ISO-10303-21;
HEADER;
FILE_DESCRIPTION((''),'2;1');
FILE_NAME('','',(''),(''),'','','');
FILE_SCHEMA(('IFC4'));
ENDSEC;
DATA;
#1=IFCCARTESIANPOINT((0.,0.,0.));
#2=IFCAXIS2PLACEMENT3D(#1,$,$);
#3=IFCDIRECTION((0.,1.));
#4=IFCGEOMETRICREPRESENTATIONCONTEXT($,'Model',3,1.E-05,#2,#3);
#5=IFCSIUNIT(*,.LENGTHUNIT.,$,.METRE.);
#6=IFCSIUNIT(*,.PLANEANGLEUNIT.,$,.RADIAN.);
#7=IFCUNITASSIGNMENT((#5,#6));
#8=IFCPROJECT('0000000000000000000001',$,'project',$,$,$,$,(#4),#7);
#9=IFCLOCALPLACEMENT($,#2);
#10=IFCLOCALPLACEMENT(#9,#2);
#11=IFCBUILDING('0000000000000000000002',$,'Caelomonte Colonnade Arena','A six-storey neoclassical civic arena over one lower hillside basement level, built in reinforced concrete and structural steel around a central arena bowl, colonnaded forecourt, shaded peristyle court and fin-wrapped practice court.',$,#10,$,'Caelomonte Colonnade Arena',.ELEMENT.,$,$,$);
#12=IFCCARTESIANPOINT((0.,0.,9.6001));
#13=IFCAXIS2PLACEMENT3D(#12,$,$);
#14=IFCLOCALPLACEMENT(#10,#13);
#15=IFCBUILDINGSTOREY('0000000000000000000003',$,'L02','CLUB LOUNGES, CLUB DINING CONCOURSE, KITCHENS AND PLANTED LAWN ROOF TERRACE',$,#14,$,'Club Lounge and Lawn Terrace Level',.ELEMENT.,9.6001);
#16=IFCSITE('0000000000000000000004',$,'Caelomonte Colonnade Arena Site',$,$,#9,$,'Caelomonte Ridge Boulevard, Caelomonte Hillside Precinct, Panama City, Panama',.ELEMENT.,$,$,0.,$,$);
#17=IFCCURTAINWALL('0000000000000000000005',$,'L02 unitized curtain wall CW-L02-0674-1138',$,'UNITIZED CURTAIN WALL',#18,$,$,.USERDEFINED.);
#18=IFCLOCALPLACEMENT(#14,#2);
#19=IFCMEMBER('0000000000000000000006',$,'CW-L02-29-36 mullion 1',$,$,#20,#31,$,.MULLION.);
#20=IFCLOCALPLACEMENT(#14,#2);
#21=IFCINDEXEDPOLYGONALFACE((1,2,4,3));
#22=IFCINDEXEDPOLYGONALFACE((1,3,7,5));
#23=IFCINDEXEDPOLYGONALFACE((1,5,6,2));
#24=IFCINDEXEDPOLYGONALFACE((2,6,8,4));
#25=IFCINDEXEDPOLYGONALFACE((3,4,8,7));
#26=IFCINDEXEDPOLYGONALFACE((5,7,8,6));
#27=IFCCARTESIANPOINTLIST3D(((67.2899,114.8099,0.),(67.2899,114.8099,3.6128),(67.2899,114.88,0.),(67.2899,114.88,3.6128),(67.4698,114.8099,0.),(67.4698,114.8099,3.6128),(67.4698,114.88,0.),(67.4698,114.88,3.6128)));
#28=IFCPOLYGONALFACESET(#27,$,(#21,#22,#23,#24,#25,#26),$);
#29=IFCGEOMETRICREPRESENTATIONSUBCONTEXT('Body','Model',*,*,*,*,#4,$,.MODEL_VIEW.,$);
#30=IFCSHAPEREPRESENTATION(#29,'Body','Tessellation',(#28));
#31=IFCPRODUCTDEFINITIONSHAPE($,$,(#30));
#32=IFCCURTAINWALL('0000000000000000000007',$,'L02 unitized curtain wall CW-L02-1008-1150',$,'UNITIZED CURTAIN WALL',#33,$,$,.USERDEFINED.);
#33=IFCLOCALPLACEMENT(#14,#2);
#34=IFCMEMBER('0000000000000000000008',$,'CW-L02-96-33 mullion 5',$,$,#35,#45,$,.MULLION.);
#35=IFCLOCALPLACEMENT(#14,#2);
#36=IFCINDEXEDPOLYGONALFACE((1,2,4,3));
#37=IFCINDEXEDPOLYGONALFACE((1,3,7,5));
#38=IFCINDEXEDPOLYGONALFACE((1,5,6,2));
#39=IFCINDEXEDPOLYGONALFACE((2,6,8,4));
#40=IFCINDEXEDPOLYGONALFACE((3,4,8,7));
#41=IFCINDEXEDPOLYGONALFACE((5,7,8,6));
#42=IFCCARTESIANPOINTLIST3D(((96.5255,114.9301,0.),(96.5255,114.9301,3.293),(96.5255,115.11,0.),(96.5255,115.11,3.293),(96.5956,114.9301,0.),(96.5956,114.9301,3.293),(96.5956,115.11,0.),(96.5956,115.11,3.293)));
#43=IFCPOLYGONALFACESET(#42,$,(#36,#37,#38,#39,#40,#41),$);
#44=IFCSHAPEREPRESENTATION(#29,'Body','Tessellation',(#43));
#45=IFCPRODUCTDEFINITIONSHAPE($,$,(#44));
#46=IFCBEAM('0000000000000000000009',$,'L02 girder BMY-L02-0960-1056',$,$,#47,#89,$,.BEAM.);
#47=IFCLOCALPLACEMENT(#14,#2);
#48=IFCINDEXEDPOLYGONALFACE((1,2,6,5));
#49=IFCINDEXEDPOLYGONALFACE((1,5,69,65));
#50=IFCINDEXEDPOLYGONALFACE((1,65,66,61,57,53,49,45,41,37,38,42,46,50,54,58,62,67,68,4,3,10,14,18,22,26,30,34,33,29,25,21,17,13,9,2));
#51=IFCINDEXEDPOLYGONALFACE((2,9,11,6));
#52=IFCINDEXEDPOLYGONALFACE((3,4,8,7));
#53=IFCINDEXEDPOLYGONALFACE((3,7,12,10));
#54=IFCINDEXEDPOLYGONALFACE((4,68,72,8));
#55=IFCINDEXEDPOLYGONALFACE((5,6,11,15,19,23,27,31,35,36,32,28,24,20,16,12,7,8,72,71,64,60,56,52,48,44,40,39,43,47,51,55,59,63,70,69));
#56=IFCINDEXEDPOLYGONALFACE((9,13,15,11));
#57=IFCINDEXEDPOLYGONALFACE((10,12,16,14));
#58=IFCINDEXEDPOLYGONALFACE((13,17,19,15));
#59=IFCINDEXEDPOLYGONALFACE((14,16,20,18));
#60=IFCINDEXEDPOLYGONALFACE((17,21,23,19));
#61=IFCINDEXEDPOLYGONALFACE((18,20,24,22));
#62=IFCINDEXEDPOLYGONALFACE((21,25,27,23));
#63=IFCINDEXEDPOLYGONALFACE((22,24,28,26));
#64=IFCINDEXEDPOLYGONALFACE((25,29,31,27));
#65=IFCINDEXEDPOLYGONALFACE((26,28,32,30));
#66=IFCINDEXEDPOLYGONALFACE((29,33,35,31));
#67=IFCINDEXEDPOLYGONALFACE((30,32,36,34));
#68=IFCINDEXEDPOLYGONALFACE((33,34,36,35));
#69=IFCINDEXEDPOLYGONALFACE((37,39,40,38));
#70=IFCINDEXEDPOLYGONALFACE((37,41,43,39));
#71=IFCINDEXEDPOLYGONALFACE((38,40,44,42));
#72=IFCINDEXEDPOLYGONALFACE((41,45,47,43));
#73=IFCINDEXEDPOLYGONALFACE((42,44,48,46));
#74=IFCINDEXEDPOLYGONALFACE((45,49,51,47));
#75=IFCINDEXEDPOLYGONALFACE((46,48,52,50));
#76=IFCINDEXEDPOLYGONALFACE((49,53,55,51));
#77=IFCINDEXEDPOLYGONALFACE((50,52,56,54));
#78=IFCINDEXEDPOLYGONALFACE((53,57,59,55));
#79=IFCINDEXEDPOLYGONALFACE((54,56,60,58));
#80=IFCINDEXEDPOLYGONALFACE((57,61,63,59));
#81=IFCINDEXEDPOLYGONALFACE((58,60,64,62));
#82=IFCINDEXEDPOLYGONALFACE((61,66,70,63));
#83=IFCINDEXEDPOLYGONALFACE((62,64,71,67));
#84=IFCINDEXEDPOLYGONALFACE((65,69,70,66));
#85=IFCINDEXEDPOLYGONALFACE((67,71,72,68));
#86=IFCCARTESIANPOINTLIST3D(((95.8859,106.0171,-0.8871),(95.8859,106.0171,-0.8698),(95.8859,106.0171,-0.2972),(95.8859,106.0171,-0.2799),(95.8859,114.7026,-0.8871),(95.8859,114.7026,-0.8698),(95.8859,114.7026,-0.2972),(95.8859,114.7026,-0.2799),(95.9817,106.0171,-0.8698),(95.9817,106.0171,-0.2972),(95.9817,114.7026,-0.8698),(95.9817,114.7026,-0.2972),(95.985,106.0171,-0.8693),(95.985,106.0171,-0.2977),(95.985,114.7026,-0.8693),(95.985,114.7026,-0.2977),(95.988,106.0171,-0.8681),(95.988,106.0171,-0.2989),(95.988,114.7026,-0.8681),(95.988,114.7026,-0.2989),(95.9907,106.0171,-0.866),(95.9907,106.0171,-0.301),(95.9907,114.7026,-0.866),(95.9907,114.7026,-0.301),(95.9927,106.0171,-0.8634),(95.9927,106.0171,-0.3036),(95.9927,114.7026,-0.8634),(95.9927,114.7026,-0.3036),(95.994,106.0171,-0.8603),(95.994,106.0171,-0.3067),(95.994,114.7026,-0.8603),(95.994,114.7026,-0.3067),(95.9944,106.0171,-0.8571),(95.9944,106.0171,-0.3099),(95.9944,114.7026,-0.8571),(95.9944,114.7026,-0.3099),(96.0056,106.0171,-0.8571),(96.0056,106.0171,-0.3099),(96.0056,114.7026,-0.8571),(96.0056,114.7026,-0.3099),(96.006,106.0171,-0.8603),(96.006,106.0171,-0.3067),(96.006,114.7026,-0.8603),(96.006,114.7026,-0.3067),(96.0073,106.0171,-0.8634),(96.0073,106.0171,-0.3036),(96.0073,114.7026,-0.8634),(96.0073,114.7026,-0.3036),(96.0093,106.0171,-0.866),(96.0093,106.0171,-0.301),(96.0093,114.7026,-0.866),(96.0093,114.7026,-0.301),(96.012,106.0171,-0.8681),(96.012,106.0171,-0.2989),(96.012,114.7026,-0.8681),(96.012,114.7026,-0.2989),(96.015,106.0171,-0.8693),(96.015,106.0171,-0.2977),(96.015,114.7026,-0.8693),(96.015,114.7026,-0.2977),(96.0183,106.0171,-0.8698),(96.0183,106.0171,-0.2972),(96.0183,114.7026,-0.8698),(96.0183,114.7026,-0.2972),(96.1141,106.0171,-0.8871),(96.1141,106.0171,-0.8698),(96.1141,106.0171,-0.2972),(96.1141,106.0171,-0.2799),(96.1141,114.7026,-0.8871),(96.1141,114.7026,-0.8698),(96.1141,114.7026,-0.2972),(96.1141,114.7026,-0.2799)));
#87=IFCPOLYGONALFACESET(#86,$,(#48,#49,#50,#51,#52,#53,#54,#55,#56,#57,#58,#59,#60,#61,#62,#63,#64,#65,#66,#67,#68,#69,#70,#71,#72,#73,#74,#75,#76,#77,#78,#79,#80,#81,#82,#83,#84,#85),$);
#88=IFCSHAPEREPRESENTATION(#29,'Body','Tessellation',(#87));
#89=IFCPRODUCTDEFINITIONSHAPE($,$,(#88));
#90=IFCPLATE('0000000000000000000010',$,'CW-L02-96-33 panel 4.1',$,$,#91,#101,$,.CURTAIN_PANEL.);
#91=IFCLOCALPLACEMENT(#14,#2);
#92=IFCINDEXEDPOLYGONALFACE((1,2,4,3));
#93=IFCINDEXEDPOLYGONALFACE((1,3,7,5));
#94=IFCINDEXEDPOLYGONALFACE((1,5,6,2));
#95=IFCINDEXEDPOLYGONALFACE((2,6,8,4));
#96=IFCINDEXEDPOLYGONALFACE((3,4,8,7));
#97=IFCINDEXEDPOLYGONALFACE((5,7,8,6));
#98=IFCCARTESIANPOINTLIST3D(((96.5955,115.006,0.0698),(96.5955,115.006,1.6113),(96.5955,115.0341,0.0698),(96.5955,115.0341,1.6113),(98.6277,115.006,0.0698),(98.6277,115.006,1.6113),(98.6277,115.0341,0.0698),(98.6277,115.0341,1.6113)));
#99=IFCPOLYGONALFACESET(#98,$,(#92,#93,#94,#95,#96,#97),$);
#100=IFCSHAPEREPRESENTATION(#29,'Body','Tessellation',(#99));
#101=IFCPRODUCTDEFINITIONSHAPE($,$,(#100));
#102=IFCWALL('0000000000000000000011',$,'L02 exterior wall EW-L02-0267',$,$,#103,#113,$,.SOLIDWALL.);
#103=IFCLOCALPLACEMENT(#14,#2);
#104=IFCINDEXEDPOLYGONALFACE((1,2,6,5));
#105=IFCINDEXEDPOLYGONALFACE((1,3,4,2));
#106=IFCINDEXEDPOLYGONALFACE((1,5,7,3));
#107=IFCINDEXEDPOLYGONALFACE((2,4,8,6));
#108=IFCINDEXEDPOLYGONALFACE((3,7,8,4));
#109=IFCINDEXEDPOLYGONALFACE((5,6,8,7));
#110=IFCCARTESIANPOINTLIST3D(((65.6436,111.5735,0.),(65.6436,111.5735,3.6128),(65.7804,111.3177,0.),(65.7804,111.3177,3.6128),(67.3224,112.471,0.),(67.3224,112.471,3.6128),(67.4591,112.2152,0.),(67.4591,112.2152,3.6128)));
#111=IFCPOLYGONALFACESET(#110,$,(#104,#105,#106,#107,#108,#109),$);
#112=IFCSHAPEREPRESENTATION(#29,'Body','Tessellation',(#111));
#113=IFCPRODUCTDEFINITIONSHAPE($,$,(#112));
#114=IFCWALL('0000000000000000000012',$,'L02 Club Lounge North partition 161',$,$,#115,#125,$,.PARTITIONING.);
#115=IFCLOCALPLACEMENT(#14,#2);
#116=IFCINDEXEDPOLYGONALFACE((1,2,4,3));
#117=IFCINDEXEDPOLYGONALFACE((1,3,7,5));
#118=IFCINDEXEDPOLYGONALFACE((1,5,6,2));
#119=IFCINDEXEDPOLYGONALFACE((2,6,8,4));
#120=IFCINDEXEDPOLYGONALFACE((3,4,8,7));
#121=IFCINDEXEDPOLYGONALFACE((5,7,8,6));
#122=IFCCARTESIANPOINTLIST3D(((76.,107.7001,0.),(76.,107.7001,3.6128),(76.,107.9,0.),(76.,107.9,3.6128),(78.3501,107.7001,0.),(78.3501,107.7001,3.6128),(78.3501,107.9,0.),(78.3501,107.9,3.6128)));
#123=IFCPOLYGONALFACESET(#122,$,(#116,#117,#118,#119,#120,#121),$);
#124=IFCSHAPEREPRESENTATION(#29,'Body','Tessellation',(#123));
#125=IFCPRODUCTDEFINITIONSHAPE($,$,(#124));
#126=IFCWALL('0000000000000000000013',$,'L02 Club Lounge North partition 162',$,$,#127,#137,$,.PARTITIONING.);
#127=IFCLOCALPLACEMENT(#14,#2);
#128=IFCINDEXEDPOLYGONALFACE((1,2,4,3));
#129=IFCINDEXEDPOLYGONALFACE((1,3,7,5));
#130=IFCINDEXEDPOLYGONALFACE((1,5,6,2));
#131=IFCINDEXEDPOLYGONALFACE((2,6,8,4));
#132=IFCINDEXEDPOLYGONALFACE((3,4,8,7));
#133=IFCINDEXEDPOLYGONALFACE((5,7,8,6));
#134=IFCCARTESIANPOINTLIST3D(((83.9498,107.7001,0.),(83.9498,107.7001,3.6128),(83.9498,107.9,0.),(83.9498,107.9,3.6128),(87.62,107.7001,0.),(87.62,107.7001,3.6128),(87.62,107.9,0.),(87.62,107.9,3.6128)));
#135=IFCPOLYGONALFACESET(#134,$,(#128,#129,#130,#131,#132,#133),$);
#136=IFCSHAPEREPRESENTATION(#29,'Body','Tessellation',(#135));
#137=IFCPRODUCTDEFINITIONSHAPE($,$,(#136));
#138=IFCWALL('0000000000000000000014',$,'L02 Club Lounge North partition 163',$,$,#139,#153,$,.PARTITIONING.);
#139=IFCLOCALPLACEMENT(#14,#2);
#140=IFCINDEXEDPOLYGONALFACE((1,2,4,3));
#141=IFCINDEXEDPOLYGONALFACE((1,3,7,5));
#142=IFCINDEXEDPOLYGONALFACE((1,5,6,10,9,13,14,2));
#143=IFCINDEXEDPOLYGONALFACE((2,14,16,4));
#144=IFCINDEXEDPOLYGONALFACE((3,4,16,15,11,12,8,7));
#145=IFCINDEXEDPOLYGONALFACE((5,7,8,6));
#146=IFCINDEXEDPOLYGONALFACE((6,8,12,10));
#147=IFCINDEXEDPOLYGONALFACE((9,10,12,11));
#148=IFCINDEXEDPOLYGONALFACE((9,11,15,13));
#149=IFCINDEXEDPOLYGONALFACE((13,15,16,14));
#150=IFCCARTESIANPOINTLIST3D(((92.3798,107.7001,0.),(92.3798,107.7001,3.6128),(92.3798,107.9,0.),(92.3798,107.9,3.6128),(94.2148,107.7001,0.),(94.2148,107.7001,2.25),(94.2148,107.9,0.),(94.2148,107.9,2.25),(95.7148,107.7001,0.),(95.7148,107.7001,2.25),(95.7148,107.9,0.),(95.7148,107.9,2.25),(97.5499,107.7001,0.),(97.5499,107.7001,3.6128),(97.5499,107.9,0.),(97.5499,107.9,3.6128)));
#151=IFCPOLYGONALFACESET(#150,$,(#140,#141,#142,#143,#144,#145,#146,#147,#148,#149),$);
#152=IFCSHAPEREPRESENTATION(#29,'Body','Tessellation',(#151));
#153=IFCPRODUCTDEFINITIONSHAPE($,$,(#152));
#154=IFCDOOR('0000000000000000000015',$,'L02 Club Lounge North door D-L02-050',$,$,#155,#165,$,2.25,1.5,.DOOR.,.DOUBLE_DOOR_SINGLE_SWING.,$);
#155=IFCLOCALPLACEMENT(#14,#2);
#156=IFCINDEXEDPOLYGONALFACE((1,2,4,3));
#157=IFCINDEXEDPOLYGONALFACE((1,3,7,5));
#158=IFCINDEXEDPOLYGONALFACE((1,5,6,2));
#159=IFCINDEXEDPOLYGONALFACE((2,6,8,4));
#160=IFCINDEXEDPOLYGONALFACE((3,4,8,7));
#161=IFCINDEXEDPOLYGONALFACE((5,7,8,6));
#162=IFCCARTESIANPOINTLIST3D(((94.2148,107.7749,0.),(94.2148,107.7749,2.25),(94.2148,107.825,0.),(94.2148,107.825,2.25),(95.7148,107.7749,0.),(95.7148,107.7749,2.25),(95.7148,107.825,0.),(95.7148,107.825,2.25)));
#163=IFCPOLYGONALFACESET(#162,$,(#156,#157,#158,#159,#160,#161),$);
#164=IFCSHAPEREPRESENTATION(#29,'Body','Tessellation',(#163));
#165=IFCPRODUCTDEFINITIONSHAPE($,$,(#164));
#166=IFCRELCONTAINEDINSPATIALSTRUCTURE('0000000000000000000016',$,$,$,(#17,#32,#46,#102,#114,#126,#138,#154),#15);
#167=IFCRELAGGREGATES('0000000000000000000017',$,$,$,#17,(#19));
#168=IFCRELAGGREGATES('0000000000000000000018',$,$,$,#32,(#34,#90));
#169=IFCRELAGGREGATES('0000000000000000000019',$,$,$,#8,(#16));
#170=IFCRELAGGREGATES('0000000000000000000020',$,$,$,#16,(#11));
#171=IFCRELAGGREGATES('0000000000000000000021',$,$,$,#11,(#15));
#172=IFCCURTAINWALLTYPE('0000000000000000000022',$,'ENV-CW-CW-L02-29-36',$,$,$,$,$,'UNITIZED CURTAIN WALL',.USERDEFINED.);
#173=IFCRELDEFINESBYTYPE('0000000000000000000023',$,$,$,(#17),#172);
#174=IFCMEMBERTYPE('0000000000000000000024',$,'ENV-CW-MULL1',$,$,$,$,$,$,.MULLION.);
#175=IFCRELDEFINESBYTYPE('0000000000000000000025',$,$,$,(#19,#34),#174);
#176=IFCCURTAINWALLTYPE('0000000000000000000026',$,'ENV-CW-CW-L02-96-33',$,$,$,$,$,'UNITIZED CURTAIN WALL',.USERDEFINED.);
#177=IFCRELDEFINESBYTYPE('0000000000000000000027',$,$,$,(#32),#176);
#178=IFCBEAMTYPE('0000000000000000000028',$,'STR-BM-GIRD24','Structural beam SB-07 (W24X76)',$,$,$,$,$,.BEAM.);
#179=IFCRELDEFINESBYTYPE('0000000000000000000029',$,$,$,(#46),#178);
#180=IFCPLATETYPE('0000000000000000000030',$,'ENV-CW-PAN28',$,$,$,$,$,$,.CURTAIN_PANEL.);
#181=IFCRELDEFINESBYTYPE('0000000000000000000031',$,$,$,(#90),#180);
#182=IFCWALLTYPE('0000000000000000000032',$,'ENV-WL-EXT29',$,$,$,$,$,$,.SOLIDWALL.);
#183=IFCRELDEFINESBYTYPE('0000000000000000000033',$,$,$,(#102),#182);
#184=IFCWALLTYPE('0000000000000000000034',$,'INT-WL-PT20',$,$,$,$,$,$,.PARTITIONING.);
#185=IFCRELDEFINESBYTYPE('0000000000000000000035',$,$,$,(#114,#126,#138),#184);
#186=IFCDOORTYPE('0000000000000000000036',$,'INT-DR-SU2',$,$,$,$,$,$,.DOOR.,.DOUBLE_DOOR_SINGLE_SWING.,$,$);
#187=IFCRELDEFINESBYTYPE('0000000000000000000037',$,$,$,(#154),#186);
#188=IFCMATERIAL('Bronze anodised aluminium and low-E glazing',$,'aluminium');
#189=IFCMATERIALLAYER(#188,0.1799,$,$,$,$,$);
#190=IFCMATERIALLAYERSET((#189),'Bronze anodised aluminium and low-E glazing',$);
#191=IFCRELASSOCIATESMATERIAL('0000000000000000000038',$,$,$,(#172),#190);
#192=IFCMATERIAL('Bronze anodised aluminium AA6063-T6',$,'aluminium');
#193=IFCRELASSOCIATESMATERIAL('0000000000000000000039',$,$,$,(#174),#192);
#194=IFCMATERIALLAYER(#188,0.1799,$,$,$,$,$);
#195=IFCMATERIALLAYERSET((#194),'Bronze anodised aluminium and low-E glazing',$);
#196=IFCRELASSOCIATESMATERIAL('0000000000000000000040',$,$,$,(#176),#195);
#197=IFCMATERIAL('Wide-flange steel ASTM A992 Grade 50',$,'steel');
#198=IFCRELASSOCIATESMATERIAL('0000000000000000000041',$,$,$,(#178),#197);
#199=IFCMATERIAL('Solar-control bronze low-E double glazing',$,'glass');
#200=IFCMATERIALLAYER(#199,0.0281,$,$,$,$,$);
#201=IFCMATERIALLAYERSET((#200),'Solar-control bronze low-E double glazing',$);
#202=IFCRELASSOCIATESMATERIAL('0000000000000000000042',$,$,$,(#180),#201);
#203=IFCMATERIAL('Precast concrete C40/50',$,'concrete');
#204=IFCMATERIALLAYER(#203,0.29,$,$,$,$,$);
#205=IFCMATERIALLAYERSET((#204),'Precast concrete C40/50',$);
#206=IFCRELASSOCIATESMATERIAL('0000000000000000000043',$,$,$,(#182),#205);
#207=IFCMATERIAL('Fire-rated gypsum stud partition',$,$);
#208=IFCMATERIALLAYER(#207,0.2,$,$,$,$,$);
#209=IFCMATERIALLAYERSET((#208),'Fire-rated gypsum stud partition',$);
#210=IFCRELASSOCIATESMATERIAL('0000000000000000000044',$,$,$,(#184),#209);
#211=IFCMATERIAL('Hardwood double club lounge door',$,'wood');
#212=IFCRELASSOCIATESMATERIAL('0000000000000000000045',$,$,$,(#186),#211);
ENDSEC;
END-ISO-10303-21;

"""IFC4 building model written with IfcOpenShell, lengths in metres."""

from ifc_helpers import new_model, si_unit, direction, frame, frame_2d, origin, origin_2d, place, context, subcontext, project, spatial, rectangle, i_section, extrude, material, layer, layer_set, material_profile, profile_set, type_object, element, fill, aggregate, save


model = new_model("IFC4")

# Units and contexts
model_context = context("Model", 3, precision=1e-05, world=origin(), true_north=direction((0.0, 1.0)))
body_context = subcontext(model_context, "Body", "Model", "MODEL_VIEW")
ifc_project = project(units=[si_unit("LENGTHUNIT", "METRE"), si_unit("PLANEANGLEUNIT", "RADIAN")], contexts=[model_context])

# Site, building, storey
site_placement = place(None, origin())
site = spatial("IfcSite", under=ifc_project, at=site_placement, Name="Caelomonte Colonnade Arena Site", LongName="Caelomonte Ridge Boulevard, Caelomonte Hillside Precinct, Panama City, Panama", CompositionType="ELEMENT", RefElevation=0.0)
building_placement = place(site_placement, origin())
building = spatial("IfcBuilding", under=site, at=building_placement, Name="Caelomonte Colonnade Arena", Description="A six-storey neoclassical civic arena over one lower hillside basement level, built in reinforced concrete and structural steel around a central arena bowl, colonnaded forecourt, shaded peristyle court and fin-wrapped practice court.", LongName="Caelomonte Colonnade Arena", CompositionType="ELEMENT")
storey_placement = place(building_placement, frame((0.0, 0.0, 9.6001)))
storey = spatial("IfcBuildingStorey", under=building, at=storey_placement, Name="L02", Description="CLUB LOUNGES, CLUB DINING CONCOURSE, KITCHENS AND PLANTED LAWN ROOF TERRACE", LongName="Club Lounge and Lawn Terrace Level", CompositionType="ELEMENT", Elevation=9.6001)

# Curtain walls, members
ifc_material_1 = material(Name="Bronze anodised aluminium and low-E glazing", Category="aluminium")
ifc_layer_1 = layer(ifc_material_1, 0.1799)
ifc_layer_set_1 = layer_set([ifc_layer_1], Name="Bronze anodised aluminium and low-E glazing")
curtain_wall_type_1 = type_object("IfcCurtainWallType", Name="ENV-CW-CW-L02-29-36", ElementType="UNITIZED CURTAIN WALL", PredefinedType="USERDEFINED", material=ifc_layer_set_1)
curtain_wall_1_placement = place(storey_placement, origin())
curtain_wall_1 = element("IfcCurtainWall", 1, at=curtain_wall_1_placement, inside=storey, type_object=curtain_wall_type_1, Name="L02 unitized curtain wall CW-L02-0674-1138", ObjectType="UNITIZED CURTAIN WALL", PredefinedType="USERDEFINED")
ifc_material_2 = material(Name="Bronze anodised aluminium AA6063-T6", Category="aluminium")
ifc_material_profile_1 = material_profile(ifc_material_2, rectangle(XDim=0.0701, YDim=0.1799, at=origin_2d()), Name="CWM-70X180")
ifc_profile_set_1 = profile_set([ifc_material_profile_1], Name="Bronze anodised aluminium AA6063-T6")
member_type = type_object("IfcMemberType", Name="ENV-CW-MULL1", PredefinedType="MULLION", material=ifc_profile_set_1)
member_1_placement = place(storey_placement, frame((67.3799, 114.845, 0.0), z_axis=(0.0, 0.0, 1.0), x_axis=(0.0, -1.0, 0.0)))
member_1 = element("IfcMember", 2, at=member_1_placement, type_object=member_type, Name="CW-L02-29-36 mullion 1", PredefinedType="MULLION", context=body_context, shape_type="SweptSolid", body=[
    extrude(rectangle(XDim=0.0701, YDim=0.1799, at=origin_2d()), origin(), (0.0, 0.0, 1.0), 3.6128),
])
aggregate(curtain_wall_1, [member_1])
ifc_layer_2 = layer(ifc_material_1, 0.1799)
ifc_layer_set_2 = layer_set([ifc_layer_2], Name="Bronze anodised aluminium and low-E glazing")
curtain_wall_type_2 = type_object("IfcCurtainWallType", Name="ENV-CW-CW-L02-96-33", ElementType="UNITIZED CURTAIN WALL", PredefinedType="USERDEFINED", material=ifc_layer_set_2)
curtain_wall_2_placement = place(storey_placement, origin())
curtain_wall_2 = element("IfcCurtainWall", 3, at=curtain_wall_2_placement, inside=storey, type_object=curtain_wall_type_2, Name="L02 unitized curtain wall CW-L02-1008-1150", ObjectType="UNITIZED CURTAIN WALL", PredefinedType="USERDEFINED")
member_2_placement = place(storey_placement, frame((96.5605, 115.02, 0.0), z_axis=(0.0, 0.0, 1.0), x_axis=(-1.0, 0.0, 0.0)))
member_2 = element("IfcMember", 4, at=member_2_placement, type_object=member_type, Name="CW-L02-96-33 mullion 5", PredefinedType="MULLION", context=body_context, shape_type="SweptSolid", body=[
    extrude(rectangle(XDim=0.0701, YDim=0.1799, at=origin_2d()), origin(), (0.0, 0.0, 1.0), 3.293),
])

# Beam
ifc_material_3 = material(Name="Wide-flange steel ASTM A992 Grade 50", Category="steel")
ifc_material_profile_2 = material_profile(ifc_material_3, i_section(OverallWidth=0.2283, OverallDepth=0.6072, WebThickness=0.0112, FlangeThickness=0.0173, FilletRadius=0.0127, at=origin_2d()), Name="W24X76")
ifc_profile_set_2 = profile_set([ifc_material_profile_2], Name="Wide-flange steel ASTM A992 Grade 50")
beam_type = type_object("IfcBeamType", Name="STR-BM-GIRD24", Description="Structural beam SB-07 (W24X76)", PredefinedType="BEAM", material=ifc_profile_set_2)
beam_placement = place(storey_placement, frame((96.0, 106.0171, -0.5835), z_axis=(0.0, 1.0, 0.0), x_axis=(-1.0, 0.0, 0.0)))
element("IfcBeam", 5, at=beam_placement, inside=storey, type_object=beam_type, Name="L02 girder BMY-L02-0960-1056", PredefinedType="BEAM", context=body_context, shape_type="SweptSolid", body=[
    extrude(i_section(OverallWidth=0.2283, OverallDepth=0.6072, WebThickness=0.0112, FlangeThickness=0.0173, FilletRadius=0.0127, at=origin_2d()), origin(), (0.0, 0.0, 1.0), 8.6855),
])

# Plate
ifc_material_4 = material(Name="Solar-control bronze low-E double glazing", Category="glass")
ifc_layer_3 = layer(ifc_material_4, 0.0281)
ifc_layer_set_3 = layer_set([ifc_layer_3], Name="Solar-control bronze low-E double glazing")
plate_type = type_object("IfcPlateType", Name="ENV-CW-PAN28", PredefinedType="CURTAIN_PANEL", material=ifc_layer_set_3)
plate_placement = place(storey_placement, frame((97.6116, 115.02, 0.0698), z_axis=(0.0, 0.0, 1.0), x_axis=(-1.0, 0.0, 0.0)))
plate = element("IfcPlate", 6, at=plate_placement, type_object=plate_type, Name="CW-L02-96-33 panel 4.1", PredefinedType="CURTAIN_PANEL", context=body_context, shape_type="SweptSolid", body=[
    extrude(rectangle(XDim=2.0322, YDim=0.0281, at=origin_2d()), origin(), (0.0, 0.0, 1.0), 1.5415),
])
aggregate(curtain_wall_2, [member_2, plate])

# Walls
ifc_material_5 = material(Name="Precast concrete C40/50", Category="concrete")
ifc_layer_4 = layer(ifc_material_5, 0.29)
ifc_layer_set_4 = layer_set([ifc_layer_4], Name="Precast concrete C40/50")
wall_type_1 = type_object("IfcWallType", Name="ENV-WL-EXT29", PredefinedType="SOLIDWALL", material=ifc_layer_set_4)
wall_1_placement = place(storey_placement, frame((67.3906, 112.343, 0.0), z_axis=(0.0, 0.0, 1.0), x_axis=(-0.881884, -0.471467, 0.0)))
element("IfcWall", 7, at=wall_1_placement, inside=storey, type_object=wall_type_1, Name="L02 exterior wall EW-L02-0267", PredefinedType="SOLIDWALL", context=body_context, shape_type="SweptSolid", body=[
    extrude(rectangle(XDim=1.9036, YDim=0.29, at=frame_2d((0.9517, 0.0))), origin(), (0.0, 0.0, 1.0), 3.6128),
])
ifc_material_6 = material(Name="Fire-rated gypsum stud partition")
ifc_layer_5 = layer(ifc_material_6, 0.2)
ifc_layer_set_5 = layer_set([ifc_layer_5], Name="Fire-rated gypsum stud partition")
wall_type_2 = type_object("IfcWallType", Name="INT-WL-PT20", PredefinedType="PARTITIONING", material=ifc_layer_set_5)
wall_2_placement = place(storey_placement, frame((76.0, 107.8, 0.0), z_axis=(0.0, 0.0, 1.0), x_axis=(1.0, 0.0, 0.0)))
element("IfcWall", 8, at=wall_2_placement, inside=storey, type_object=wall_type_2, Name="L02 Club Lounge North partition 161", PredefinedType="PARTITIONING", context=body_context, shape_type="SweptSolid", body=[
    extrude(rectangle(XDim=2.3501, YDim=0.2, at=frame_2d((1.175, 0.0))), origin(), (0.0, 0.0, 1.0), 3.6128),
])
wall_3_placement = place(storey_placement, frame((83.95, 107.8, 0.0), z_axis=(0.0, 0.0, 1.0), x_axis=(1.0, 0.0, 0.0)))
element("IfcWall", 9, at=wall_3_placement, inside=storey, type_object=wall_type_2, Name="L02 Club Lounge North partition 162", PredefinedType="PARTITIONING", context=body_context, shape_type="SweptSolid", body=[
    extrude(rectangle(XDim=3.6702, YDim=0.2, at=frame_2d((1.835, 0.0))), origin(), (0.0, 0.0, 1.0), 3.6128),
])

# Wall, opening, door
wall_4_placement = place(storey_placement, frame((92.3799, 107.8, 0.0), z_axis=(0.0, 0.0, 1.0), x_axis=(1.0, 0.0, 0.0)))
wall_4 = element("IfcWall", 10, at=wall_4_placement, inside=storey, type_object=wall_type_2, Name="L02 Club Lounge North partition 163", PredefinedType="PARTITIONING", context=body_context, shape_type="SweptSolid", body=[
    extrude(rectangle(XDim=5.1702, YDim=0.2, at=frame_2d((2.585, 0.0))), origin(), (0.0, 0.0, 1.0), 3.6128),
])
opening_1_placement = place(wall_4_placement, frame((1.835, 0.0, 0.0), z_axis=(0.0, 0.0, 1.0), x_axis=(1.0, 0.0, 0.0)))
opening_1 = element("IfcOpeningElement", 11, at=opening_1_placement, cuts=wall_4, PredefinedType="OPENING", context=body_context, shape_type="SweptSolid", body=[
    extrude(rectangle(XDim=1.5, YDim=2.25, at=frame_2d((0.75, 1.125))), frame((0.0, 0.1099, 0.0), z_axis=(0.0, -1.0, 0.0), x_axis=(1.0, 0.0, 0.0)), (0.0, 0.0, 1.0), 0.22),
])
ifc_material_7 = material(Name="Hardwood double club lounge door", Category="wood")
door_type_1 = type_object("IfcDoorType", Name="INT-DR-SU2", OperationType="DOUBLE_DOOR_SINGLE_SWING", PredefinedType="DOOR", material=ifc_material_7)
door_1_placement = place(opening_1_placement, origin())
door_1 = element("IfcDoor", 12, at=door_1_placement, inside=storey, type_object=door_type_1, Name="L02 Club Lounge North door D-L02-050", OperationType="DOUBLE_DOOR_SINGLE_SWING", OverallHeight=2.25, OverallWidth=1.5, PredefinedType="DOOR", context=body_context, shape_type="SweptSolid", body=[
    extrude(rectangle(XDim=1.5, YDim=2.25, at=frame_2d((0.75, 1.125))), frame((0.0, 0.0249, 0.0), z_axis=(0.0, -1.0, 0.0), x_axis=(1.0, 0.0, 0.0)), (0.0, 0.0, 1.0), 0.05),
])
fill(opening_1, door_1)

save(model, "model.ifc")
